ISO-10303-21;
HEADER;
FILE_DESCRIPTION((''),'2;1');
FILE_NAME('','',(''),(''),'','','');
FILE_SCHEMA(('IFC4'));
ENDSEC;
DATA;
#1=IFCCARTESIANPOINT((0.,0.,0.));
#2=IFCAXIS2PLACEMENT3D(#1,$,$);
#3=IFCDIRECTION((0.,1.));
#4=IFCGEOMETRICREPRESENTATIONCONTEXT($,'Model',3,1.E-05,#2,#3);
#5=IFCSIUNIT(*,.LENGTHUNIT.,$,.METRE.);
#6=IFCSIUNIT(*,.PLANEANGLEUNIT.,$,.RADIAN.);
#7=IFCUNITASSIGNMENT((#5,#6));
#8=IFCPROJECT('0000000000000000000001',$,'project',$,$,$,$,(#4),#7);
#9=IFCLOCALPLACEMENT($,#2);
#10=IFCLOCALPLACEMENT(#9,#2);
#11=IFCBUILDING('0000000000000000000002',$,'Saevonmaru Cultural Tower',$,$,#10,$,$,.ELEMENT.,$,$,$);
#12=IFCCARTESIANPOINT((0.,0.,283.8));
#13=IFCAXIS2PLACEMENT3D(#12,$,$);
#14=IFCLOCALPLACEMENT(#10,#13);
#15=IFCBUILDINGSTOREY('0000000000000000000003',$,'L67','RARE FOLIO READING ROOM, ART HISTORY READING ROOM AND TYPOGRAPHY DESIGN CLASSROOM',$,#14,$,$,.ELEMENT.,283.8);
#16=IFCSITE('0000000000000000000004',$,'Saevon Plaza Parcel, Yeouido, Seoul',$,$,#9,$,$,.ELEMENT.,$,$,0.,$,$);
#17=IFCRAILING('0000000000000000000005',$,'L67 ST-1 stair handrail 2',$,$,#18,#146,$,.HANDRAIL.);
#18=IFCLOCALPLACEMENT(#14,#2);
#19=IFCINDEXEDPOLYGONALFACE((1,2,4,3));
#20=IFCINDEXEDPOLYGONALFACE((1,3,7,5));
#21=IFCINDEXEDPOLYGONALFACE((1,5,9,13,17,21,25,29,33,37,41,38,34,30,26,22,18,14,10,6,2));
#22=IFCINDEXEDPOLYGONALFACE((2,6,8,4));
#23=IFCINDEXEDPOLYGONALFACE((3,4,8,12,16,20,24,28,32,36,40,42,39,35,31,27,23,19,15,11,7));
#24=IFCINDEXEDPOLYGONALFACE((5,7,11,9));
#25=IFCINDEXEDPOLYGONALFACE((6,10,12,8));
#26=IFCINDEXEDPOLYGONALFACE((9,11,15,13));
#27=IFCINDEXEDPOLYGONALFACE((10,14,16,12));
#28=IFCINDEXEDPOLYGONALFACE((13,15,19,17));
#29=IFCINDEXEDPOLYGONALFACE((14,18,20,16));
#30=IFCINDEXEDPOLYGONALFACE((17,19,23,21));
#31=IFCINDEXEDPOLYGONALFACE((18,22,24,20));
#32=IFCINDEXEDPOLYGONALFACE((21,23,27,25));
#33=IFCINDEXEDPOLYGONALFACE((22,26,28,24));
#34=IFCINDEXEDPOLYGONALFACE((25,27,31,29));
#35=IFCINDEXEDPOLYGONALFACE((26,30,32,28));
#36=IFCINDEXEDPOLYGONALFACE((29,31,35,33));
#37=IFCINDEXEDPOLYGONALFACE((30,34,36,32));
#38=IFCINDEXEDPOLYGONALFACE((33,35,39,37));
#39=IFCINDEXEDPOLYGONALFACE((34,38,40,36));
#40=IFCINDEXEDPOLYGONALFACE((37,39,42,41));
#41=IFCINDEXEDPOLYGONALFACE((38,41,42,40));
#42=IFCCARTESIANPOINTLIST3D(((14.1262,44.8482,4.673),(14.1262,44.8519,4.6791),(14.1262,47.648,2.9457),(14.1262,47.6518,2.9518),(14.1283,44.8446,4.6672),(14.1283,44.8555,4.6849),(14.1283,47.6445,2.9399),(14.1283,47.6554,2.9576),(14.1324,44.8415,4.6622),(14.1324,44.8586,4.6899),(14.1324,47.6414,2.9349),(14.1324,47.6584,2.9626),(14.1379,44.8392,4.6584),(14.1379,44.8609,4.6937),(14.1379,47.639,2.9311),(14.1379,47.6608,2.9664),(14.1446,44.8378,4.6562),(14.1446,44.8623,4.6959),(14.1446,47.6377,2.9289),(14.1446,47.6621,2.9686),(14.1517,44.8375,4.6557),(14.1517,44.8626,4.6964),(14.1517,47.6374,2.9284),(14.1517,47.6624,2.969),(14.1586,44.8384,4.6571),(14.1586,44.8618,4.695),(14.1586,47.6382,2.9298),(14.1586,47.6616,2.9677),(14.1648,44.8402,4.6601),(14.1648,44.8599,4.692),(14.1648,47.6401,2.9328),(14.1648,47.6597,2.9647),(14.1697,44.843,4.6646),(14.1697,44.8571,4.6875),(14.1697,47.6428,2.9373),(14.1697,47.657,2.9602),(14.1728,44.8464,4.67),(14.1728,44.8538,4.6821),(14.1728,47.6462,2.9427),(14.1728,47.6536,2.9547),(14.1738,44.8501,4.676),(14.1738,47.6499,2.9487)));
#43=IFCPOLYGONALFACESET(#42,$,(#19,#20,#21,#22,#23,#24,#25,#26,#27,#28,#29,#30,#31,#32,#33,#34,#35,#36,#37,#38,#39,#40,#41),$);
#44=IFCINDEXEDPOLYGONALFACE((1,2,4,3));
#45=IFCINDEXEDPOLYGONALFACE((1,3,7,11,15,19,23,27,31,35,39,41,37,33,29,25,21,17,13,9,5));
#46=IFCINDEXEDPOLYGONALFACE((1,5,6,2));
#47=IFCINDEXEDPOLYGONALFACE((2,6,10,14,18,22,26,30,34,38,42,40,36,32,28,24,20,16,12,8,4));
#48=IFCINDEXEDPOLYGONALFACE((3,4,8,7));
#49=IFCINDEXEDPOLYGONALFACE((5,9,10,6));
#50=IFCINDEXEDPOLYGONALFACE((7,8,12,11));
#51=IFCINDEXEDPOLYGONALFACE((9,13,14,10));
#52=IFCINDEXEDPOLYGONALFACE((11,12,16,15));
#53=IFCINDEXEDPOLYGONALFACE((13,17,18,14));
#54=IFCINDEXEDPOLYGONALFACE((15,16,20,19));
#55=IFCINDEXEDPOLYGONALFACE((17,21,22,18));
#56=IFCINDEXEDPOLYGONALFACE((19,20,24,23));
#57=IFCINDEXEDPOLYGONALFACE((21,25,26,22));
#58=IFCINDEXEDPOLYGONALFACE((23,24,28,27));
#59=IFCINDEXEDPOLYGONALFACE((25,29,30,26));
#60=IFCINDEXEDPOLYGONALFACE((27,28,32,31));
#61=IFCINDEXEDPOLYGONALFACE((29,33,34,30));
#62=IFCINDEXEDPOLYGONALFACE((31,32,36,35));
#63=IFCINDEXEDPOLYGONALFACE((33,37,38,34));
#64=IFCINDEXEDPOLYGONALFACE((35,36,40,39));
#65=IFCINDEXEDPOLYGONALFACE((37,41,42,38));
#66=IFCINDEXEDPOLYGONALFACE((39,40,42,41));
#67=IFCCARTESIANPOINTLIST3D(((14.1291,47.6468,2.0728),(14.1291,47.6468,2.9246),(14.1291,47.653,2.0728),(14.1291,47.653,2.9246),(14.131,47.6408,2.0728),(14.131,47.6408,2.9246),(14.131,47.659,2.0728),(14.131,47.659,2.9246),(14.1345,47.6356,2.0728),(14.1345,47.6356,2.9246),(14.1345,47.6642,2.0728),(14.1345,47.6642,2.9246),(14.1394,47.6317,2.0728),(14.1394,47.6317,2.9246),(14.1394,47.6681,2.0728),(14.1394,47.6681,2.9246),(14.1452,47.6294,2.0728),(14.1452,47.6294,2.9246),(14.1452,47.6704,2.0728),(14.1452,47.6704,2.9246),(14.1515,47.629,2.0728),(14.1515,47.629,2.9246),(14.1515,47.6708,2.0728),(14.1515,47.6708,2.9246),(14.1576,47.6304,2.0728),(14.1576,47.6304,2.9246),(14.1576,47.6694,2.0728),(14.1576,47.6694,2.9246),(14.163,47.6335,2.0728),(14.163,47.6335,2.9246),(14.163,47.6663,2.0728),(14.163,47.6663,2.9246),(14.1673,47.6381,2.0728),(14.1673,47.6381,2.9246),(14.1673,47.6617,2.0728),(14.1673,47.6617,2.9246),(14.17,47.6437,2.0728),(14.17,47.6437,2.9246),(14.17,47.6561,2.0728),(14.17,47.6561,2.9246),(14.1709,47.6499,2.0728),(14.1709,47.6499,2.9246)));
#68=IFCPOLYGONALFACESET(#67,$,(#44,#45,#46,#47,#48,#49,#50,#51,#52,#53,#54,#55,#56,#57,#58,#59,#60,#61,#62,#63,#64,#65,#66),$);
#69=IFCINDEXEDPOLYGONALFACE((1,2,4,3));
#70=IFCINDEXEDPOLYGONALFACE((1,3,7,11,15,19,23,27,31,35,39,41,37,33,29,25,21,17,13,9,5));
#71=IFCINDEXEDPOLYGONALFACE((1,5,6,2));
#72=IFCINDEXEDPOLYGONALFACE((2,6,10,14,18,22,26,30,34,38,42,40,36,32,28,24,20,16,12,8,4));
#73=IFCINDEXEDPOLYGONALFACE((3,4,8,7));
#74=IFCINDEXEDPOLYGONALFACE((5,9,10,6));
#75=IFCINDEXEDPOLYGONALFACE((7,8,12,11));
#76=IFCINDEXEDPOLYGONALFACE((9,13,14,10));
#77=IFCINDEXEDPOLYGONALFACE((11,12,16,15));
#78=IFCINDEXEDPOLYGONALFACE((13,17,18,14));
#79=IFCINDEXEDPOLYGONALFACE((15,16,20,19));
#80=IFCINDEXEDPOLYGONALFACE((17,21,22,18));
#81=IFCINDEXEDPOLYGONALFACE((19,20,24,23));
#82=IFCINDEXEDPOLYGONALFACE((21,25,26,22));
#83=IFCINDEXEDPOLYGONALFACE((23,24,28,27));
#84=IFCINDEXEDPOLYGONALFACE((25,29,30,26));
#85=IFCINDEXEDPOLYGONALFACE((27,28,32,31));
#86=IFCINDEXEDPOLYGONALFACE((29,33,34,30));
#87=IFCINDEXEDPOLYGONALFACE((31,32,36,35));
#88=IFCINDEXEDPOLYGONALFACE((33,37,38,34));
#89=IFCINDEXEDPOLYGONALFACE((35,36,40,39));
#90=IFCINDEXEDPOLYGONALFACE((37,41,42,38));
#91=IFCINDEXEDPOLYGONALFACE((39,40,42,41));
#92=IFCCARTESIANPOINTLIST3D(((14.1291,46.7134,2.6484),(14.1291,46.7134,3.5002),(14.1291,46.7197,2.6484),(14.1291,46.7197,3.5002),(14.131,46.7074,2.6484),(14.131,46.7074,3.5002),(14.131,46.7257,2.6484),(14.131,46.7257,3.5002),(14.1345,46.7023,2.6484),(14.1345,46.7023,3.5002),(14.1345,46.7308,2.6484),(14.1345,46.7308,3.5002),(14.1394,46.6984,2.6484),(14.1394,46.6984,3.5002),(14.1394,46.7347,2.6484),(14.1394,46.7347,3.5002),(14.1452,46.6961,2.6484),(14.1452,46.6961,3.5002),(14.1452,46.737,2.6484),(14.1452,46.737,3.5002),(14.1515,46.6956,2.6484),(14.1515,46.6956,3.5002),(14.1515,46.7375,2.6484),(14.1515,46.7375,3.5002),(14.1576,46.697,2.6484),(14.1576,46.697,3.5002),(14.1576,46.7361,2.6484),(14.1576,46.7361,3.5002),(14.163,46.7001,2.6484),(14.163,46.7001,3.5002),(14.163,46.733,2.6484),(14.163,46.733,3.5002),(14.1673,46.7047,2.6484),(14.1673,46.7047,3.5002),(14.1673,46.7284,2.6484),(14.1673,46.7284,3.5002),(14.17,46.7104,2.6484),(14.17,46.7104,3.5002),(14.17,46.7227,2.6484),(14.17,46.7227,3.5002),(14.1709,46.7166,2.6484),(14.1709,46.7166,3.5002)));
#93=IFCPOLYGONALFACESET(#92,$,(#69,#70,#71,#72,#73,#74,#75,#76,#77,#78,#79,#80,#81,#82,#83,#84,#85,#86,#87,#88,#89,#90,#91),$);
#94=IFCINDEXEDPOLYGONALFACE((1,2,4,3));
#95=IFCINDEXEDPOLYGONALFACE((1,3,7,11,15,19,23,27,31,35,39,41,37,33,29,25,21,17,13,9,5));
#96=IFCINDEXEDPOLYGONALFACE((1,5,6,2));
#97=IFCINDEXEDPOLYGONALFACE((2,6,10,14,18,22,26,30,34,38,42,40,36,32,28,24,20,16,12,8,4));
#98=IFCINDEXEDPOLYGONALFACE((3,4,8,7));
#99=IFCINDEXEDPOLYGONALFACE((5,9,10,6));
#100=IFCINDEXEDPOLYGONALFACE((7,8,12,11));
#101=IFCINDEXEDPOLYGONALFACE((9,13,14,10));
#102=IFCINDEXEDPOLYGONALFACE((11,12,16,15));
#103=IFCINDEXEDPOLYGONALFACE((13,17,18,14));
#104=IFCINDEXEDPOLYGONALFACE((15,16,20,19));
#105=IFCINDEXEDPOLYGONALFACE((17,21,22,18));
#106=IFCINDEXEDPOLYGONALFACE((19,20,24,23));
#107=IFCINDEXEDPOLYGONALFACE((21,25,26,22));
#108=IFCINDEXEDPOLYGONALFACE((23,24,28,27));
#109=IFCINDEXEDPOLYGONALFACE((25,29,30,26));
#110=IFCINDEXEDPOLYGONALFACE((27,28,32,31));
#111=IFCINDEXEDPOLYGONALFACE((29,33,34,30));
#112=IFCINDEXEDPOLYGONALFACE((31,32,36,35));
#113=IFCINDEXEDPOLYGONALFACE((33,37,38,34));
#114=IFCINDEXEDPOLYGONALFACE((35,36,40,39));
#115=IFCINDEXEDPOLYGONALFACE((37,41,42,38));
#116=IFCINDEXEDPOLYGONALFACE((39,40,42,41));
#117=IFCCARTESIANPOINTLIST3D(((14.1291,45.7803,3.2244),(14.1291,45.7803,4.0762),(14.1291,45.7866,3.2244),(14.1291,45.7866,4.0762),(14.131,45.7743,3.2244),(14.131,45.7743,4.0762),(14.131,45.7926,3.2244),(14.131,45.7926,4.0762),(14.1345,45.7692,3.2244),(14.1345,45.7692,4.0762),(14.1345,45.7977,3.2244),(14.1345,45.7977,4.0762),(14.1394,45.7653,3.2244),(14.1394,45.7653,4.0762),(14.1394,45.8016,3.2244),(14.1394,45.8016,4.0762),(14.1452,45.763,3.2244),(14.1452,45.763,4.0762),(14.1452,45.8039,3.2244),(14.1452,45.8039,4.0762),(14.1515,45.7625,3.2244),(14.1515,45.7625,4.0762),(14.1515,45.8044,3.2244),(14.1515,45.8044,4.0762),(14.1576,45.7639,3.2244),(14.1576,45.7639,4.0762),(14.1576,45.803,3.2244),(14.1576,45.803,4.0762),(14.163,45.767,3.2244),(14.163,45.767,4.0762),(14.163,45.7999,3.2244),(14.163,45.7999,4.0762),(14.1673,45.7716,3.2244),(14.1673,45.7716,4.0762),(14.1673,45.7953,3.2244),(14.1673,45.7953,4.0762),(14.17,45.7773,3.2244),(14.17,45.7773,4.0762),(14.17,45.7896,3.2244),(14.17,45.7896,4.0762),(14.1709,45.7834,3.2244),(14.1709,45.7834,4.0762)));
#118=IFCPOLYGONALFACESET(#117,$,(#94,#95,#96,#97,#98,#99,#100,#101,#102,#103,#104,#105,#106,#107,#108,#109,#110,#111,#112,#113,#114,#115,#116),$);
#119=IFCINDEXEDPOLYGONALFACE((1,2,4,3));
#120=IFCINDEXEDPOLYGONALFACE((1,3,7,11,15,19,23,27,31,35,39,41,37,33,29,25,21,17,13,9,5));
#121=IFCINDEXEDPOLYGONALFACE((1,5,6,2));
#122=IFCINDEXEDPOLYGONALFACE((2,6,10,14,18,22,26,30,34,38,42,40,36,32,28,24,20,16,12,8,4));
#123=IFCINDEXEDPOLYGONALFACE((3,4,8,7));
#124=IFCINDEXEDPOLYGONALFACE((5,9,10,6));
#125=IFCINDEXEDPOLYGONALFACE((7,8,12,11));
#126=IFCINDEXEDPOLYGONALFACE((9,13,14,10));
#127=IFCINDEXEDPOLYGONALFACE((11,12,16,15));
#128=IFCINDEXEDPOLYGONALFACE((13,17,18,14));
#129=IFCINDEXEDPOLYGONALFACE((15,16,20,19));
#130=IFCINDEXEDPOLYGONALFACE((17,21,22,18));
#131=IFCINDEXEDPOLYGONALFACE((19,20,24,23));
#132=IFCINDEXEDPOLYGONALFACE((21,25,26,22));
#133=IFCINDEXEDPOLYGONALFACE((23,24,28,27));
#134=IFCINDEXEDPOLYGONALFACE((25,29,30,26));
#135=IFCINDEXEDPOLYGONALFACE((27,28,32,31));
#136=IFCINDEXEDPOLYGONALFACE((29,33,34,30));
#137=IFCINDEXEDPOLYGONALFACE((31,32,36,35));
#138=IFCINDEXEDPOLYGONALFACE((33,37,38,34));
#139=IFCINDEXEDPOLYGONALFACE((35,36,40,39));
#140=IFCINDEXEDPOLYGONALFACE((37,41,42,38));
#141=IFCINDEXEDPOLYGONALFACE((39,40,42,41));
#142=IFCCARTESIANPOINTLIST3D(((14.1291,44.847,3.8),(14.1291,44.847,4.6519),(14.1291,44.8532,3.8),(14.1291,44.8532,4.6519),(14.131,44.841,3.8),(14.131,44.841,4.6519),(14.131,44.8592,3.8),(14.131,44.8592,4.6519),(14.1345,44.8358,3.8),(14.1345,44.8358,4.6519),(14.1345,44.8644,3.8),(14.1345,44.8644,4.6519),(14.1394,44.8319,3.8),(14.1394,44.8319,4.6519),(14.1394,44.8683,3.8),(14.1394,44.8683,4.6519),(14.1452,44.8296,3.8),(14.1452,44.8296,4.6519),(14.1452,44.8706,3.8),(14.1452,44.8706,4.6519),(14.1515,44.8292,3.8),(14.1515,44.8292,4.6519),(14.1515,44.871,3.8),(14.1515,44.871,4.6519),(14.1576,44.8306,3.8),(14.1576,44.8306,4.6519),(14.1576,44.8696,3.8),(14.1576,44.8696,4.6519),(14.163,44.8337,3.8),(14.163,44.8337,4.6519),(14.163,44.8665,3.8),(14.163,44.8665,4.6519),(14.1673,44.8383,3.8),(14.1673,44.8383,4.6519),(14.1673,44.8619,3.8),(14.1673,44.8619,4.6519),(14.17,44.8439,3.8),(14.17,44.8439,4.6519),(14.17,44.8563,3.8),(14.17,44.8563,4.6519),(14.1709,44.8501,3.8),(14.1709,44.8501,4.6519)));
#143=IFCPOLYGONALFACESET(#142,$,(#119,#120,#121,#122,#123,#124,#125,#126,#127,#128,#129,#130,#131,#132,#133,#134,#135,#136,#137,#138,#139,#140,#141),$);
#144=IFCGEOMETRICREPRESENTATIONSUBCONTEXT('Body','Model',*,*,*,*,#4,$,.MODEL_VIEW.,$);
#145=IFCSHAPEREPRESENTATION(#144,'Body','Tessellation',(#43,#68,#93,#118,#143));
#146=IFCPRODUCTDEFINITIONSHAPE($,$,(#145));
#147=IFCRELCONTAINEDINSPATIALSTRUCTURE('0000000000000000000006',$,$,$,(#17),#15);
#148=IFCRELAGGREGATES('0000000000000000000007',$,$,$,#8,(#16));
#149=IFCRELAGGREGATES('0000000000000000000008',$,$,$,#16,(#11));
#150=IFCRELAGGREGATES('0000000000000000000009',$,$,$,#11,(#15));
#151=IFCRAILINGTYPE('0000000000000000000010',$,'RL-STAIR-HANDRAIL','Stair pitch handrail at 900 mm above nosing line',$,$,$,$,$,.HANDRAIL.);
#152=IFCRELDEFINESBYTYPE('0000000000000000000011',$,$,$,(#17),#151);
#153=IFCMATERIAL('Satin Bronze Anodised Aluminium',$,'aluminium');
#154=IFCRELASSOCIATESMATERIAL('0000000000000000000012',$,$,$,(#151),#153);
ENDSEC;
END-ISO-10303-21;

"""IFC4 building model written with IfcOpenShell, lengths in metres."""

from ifc_helpers import new_model, si_unit, direction, frame, origin, origin_2d, place, context, subcontext, project, spatial, circle, extrude, material, type_object, element, save


model = new_model("IFC4")

# Units and contexts
model_context = context("Model", 3, precision=1e-05, world=origin(), true_north=direction((0.0, 1.0)))
body_context = subcontext(model_context, "Body", "Model", "MODEL_VIEW")
ifc_project = project(units=[si_unit("LENGTHUNIT", "METRE"), si_unit("PLANEANGLEUNIT", "RADIAN")], contexts=[model_context])

# Site, building, storey
site_placement = place(None, origin())
site = spatial("IfcSite", under=ifc_project, at=site_placement, Name="Saevon Plaza Parcel, Yeouido, Seoul", CompositionType="ELEMENT", RefElevation=0.0)
building_placement = place(site_placement, origin())
building = spatial("IfcBuilding", under=site, at=building_placement, Name="Saevonmaru Cultural Tower", CompositionType="ELEMENT")
storey_placement = place(building_placement, frame((0.0, 0.0, 283.8)))
storey = spatial("IfcBuildingStorey", under=building, at=storey_placement, Name="L67", Description="RARE FOLIO READING ROOM, ART HISTORY READING ROOM AND TYPOGRAPHY DESIGN CLASSROOM", CompositionType="ELEMENT", Elevation=283.8)

# Shared definitions
ifc_material_1 = material(Name="Satin Bronze Anodised Aluminium", Category="aluminium")

# Railing
railing_type_1 = type_object("IfcRailingType", Name="RL-STAIR-HANDRAIL", Description="Stair pitch handrail at 900 mm above nosing line", PredefinedType="HANDRAIL", material=ifc_material_1)
railing_1_placement = place(storey_placement, frame((14.1499, 47.6499, 2.0728)))
element("IfcRailing", 1, at=railing_1_placement, inside=storey, type_object=railing_type_1, Name="L67 ST-1 stair handrail 2", PredefinedType="HANDRAIL", context=body_context, shape_type="SweptSolid", body=[
    extrude(circle(Radius=0.0239, at=origin_2d()), frame((0.0, 0.0, 0.876), z_axis=(0.0, -0.851069, 0.525054), x_axis=(1.0, 0.0, 0.0)), (0.0, 0.0, 1.0), 3.2898),
    extrude(circle(Radius=0.021, at=origin_2d()), origin(), (0.0, 0.0, 1.0), 0.8518),
    extrude(circle(Radius=0.021, at=origin_2d()), frame((0.0, -0.9333, 0.5757)), (0.0, 0.0, 1.0), 0.8518),
    extrude(circle(Radius=0.021, at=origin_2d()), frame((0.0, -1.8665, 1.1516)), (0.0, 0.0, 1.0), 0.8518),
    extrude(circle(Radius=0.021, at=origin_2d()), frame((0.0, -2.7998, 1.7273)), (0.0, 0.0, 1.0), 0.8518),
])

save(model, "model.ifc")
